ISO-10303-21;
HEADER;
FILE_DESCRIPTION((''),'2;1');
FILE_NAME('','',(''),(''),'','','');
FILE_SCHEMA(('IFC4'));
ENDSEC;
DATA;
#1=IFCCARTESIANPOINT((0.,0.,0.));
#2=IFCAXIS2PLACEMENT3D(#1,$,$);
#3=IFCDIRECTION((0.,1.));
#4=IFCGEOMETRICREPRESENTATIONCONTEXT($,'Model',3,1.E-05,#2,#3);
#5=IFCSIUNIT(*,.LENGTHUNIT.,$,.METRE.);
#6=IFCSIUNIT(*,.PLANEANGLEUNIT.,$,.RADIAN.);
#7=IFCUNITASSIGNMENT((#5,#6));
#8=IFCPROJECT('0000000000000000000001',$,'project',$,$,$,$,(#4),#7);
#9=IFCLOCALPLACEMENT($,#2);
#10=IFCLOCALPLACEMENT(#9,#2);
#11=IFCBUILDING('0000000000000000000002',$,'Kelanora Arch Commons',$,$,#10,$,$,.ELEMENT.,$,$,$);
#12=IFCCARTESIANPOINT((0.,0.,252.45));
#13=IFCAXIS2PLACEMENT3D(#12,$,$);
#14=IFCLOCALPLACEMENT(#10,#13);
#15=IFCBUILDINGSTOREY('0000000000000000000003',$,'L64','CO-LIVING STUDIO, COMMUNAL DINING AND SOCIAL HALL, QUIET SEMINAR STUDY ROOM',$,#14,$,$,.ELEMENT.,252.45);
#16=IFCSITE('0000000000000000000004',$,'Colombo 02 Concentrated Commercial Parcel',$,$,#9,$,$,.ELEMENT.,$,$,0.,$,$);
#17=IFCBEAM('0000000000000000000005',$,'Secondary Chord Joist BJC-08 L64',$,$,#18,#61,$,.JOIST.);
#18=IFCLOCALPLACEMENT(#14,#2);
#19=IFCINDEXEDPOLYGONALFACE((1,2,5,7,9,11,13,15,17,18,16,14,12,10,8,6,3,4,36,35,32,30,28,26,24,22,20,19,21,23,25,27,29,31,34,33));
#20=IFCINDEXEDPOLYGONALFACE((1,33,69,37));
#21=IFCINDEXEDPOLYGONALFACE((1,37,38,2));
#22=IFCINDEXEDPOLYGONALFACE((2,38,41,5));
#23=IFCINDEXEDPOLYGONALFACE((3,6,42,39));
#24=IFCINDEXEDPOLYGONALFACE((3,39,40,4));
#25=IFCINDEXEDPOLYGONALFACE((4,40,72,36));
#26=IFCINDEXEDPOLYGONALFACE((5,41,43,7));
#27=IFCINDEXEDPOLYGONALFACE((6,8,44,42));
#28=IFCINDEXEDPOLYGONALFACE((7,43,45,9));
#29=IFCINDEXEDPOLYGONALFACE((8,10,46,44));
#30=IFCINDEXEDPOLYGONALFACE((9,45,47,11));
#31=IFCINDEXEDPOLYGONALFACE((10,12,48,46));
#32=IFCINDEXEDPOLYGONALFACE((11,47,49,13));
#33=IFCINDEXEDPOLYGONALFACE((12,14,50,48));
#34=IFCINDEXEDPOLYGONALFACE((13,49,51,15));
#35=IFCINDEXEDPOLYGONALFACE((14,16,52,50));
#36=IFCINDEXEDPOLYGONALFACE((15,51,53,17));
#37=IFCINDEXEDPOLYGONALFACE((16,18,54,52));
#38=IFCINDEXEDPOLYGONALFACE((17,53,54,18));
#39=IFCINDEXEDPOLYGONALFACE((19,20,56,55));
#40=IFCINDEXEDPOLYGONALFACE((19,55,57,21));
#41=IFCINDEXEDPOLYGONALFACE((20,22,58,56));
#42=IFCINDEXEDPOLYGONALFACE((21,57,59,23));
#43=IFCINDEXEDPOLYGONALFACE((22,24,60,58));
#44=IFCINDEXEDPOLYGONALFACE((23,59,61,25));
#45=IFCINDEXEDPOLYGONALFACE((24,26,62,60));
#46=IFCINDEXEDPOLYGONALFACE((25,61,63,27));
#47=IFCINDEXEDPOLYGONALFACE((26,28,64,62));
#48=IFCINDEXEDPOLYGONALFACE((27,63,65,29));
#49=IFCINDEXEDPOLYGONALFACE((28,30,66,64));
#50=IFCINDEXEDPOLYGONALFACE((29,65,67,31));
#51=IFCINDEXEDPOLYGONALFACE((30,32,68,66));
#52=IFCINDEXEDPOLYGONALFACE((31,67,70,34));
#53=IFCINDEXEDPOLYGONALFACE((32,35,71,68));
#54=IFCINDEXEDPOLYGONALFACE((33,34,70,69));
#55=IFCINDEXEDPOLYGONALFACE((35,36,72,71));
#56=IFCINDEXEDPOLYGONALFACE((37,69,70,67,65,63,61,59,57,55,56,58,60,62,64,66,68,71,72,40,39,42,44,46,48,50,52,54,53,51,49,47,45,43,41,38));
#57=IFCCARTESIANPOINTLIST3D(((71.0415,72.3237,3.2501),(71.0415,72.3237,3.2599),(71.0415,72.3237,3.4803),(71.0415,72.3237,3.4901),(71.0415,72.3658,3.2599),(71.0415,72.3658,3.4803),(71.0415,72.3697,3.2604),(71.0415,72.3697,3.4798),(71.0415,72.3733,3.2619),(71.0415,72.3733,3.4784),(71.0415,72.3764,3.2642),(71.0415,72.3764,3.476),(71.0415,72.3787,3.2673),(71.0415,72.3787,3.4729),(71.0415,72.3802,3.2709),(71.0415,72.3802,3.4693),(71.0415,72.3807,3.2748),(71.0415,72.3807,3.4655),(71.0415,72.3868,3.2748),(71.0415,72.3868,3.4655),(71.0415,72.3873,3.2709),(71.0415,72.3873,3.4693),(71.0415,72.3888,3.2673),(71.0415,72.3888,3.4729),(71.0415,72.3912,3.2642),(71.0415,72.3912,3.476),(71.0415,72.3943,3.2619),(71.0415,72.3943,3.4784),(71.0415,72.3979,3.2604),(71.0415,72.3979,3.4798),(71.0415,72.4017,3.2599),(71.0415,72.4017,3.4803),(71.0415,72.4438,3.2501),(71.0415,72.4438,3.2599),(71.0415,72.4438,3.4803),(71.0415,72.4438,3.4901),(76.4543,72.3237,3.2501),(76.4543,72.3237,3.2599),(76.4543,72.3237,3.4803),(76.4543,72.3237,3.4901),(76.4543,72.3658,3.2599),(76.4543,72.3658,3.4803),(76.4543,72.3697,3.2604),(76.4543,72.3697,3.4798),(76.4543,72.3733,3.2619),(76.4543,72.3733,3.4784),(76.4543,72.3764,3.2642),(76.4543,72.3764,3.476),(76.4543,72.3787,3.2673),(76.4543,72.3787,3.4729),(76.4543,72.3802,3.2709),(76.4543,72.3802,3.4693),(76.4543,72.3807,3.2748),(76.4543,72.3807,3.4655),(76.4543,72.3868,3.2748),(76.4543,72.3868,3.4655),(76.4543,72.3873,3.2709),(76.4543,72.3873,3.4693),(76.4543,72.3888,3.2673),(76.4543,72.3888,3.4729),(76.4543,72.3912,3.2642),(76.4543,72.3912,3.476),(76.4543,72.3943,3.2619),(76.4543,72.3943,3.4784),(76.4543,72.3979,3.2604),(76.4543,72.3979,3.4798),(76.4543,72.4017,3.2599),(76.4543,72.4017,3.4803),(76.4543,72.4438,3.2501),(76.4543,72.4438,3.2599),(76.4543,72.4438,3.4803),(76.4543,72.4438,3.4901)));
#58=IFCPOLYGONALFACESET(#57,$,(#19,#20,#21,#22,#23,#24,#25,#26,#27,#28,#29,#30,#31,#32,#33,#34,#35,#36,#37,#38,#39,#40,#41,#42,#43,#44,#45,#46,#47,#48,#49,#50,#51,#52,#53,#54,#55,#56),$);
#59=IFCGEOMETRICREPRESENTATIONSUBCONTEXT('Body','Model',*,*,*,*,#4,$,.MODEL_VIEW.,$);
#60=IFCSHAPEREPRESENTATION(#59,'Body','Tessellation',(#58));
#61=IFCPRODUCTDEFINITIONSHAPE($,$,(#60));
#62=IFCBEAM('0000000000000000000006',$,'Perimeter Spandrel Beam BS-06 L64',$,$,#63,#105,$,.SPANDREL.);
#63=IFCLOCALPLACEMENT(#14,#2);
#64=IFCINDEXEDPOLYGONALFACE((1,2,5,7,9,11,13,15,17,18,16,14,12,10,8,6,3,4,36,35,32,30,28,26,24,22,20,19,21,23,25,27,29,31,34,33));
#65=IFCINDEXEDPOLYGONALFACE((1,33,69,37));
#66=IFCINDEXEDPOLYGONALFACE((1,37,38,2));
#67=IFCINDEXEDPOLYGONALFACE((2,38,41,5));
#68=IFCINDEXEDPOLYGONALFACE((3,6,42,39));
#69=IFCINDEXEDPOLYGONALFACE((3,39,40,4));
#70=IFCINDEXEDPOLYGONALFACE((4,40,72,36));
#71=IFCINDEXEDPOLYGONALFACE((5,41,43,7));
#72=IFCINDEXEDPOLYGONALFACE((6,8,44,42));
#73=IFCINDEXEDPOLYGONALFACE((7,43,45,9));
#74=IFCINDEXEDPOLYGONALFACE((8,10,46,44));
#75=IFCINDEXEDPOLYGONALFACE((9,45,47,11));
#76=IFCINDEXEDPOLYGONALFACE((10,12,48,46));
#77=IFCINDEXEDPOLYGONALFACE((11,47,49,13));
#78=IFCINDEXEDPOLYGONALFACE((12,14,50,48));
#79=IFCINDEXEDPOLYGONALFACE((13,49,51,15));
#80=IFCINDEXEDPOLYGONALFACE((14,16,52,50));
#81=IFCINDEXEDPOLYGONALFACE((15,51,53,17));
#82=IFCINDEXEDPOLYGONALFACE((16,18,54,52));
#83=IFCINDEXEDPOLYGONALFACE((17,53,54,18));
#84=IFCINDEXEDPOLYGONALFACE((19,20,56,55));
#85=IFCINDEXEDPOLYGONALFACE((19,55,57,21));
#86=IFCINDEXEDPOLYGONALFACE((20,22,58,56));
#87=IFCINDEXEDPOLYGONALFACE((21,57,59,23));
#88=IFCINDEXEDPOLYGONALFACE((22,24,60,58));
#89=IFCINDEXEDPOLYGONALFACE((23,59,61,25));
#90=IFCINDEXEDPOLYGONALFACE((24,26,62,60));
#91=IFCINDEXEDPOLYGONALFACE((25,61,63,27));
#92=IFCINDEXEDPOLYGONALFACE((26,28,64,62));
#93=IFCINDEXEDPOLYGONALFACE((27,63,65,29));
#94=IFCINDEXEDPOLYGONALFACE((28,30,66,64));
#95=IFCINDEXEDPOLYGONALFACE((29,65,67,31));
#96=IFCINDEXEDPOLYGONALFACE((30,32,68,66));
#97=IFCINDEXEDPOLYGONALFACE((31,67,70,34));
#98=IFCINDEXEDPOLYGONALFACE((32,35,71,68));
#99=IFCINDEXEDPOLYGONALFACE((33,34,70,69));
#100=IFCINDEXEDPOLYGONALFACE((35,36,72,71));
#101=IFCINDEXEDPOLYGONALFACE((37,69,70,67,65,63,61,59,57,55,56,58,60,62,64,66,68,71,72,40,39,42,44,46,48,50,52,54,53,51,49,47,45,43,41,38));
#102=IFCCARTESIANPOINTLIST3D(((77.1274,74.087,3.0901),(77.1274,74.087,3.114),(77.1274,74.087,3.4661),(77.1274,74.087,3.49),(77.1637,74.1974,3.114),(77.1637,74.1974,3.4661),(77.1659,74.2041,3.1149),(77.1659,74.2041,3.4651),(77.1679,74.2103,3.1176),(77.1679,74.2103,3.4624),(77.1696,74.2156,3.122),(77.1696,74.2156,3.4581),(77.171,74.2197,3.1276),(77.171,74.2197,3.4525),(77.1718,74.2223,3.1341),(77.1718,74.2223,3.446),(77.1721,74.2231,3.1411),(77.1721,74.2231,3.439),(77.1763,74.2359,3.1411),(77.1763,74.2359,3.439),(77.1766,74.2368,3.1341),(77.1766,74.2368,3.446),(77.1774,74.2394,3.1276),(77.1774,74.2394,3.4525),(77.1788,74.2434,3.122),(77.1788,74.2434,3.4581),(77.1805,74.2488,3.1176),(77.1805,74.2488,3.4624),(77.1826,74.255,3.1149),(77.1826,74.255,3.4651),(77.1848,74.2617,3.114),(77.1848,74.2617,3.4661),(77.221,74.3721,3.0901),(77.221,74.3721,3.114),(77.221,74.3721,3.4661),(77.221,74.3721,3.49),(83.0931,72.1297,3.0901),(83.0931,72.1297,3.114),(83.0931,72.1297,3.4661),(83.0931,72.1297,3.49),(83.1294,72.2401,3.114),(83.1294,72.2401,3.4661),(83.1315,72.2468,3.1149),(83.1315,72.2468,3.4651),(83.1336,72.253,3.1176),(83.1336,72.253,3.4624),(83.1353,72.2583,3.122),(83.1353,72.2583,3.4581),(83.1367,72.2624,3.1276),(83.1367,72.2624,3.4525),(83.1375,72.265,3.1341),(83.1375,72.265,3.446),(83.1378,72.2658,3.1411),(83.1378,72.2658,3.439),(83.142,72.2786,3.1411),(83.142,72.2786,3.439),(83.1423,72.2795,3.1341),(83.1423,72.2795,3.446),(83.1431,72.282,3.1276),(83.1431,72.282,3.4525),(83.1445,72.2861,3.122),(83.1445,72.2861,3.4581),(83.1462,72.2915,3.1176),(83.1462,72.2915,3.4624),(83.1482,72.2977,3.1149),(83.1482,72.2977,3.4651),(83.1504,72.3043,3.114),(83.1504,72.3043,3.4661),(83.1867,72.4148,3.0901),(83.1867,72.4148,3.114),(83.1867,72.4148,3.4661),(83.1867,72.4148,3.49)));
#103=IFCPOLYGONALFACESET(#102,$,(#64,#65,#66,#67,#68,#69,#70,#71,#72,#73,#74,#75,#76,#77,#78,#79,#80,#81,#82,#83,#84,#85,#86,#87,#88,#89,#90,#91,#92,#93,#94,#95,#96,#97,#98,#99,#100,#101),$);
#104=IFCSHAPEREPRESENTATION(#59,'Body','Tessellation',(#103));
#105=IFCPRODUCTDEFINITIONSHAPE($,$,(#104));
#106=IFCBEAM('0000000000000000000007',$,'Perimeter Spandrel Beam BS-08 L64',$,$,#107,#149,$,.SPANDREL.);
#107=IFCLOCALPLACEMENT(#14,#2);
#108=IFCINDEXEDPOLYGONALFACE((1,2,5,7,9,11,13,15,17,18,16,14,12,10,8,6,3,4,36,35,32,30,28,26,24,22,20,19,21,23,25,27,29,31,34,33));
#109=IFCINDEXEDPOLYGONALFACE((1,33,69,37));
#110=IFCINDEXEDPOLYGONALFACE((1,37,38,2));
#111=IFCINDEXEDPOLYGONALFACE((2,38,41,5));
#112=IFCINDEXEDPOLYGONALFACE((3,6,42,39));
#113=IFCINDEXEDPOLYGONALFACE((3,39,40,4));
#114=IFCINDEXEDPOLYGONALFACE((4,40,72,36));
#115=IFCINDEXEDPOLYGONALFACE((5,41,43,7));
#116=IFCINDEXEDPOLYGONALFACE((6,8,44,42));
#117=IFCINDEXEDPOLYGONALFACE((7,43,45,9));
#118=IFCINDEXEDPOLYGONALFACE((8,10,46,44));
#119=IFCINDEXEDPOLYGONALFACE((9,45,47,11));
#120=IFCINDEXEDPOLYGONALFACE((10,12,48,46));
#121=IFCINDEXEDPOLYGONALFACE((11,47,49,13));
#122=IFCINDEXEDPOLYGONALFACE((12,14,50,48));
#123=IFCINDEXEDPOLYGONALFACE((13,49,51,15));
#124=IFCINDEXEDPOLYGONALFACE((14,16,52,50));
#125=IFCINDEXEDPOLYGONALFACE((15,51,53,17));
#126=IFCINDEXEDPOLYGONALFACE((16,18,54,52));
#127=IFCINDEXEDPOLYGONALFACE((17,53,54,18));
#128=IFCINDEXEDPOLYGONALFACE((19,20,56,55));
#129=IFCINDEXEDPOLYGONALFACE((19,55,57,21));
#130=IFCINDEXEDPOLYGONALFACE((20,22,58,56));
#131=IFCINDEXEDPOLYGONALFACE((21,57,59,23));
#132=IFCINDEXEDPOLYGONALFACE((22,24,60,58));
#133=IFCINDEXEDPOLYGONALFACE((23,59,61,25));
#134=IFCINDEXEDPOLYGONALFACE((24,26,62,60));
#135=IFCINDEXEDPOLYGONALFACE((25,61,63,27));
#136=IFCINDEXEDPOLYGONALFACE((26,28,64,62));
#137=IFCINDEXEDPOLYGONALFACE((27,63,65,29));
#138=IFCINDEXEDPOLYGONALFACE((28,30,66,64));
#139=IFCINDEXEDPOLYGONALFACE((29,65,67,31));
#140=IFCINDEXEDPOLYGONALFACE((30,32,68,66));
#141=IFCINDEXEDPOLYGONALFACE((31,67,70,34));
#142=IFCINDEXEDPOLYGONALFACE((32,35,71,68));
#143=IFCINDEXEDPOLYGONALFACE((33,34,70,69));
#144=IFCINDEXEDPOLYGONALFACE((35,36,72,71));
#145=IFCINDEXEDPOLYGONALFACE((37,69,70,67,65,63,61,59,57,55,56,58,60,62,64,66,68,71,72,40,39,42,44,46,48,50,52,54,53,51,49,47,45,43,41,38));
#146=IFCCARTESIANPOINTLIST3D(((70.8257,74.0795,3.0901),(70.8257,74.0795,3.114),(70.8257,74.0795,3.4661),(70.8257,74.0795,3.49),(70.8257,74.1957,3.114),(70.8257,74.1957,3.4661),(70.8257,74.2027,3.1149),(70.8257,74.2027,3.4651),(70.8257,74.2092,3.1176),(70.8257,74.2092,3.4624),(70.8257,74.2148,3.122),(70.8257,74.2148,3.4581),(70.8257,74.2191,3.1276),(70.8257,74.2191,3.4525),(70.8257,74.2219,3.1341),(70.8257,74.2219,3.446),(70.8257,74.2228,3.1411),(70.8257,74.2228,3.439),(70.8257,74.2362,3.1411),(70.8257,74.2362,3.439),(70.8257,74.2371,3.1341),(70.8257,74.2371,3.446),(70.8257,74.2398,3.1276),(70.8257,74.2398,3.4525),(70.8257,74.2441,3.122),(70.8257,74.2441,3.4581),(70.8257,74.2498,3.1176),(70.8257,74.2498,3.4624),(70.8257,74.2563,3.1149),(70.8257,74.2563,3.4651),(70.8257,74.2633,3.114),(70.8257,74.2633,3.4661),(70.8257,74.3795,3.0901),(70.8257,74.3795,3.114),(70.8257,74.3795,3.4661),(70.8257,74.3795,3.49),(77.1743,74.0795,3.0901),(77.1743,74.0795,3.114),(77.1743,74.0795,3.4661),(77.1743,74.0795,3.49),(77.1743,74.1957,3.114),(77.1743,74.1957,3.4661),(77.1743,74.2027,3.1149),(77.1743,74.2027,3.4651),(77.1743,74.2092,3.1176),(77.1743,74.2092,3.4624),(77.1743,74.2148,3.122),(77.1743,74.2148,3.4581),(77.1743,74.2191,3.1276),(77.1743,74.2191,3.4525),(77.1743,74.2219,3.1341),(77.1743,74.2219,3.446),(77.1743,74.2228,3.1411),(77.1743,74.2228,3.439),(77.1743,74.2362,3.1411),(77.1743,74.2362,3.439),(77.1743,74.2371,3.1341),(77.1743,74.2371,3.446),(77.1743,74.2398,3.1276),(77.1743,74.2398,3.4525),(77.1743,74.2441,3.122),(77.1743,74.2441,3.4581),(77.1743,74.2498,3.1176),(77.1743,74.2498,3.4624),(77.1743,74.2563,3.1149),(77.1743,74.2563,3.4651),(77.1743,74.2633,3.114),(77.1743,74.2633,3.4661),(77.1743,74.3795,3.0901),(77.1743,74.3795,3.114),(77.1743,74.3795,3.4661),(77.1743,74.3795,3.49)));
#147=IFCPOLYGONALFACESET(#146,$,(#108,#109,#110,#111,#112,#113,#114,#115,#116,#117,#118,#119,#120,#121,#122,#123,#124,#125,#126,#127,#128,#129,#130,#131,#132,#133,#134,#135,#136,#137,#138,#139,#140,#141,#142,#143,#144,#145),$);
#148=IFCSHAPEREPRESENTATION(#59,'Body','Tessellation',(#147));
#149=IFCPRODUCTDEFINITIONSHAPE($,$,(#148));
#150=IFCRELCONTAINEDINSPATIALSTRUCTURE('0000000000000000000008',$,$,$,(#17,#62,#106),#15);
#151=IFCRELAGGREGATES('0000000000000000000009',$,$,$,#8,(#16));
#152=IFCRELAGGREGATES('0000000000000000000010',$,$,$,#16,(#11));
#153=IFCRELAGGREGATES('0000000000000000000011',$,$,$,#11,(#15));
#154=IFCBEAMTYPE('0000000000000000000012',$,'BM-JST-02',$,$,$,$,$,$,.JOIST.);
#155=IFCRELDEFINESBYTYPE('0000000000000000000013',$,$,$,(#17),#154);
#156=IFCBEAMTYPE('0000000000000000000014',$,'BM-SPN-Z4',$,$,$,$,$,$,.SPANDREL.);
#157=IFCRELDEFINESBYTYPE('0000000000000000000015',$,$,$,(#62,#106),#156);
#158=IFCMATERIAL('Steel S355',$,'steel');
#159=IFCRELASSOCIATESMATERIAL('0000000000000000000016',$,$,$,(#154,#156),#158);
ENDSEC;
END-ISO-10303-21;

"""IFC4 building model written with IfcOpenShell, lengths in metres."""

from ifc_helpers import new_model, si_unit, direction, frame, origin, origin_2d, place, context, subcontext, project, spatial, i_section, extrude, material, material_profile, profile_set, type_object, element, save


model = new_model("IFC4")

# Units and contexts
model_context = context("Model", 3, precision=1e-05, world=origin(), true_north=direction((0.0, 1.0)))
body_context = subcontext(model_context, "Body", "Model", "MODEL_VIEW")
ifc_project = project(units=[si_unit("LENGTHUNIT", "METRE"), si_unit("PLANEANGLEUNIT", "RADIAN")], contexts=[model_context])

# Site, building, storey
site_placement = place(None, origin())
site = spatial("IfcSite", under=ifc_project, at=site_placement, Name="Colombo 02 Concentrated Commercial Parcel", CompositionType="ELEMENT", RefElevation=0.0)
building_placement = place(site_placement, origin())
building = spatial("IfcBuilding", under=site, at=building_placement, Name="Kelanora Arch Commons", CompositionType="ELEMENT")
storey_placement = place(building_placement, frame((0.0, 0.0, 252.45)))
storey = spatial("IfcBuildingStorey", under=building, at=storey_placement, Name="L64", Description="CO-LIVING STUDIO, COMMUNAL DINING AND SOCIAL HALL, QUIET SEMINAR STUDY ROOM", CompositionType="ELEMENT", Elevation=252.45)

# Beams
ifc_material_1 = material(Name="Steel S355", Category="steel")
ifc_material_profile_1 = material_profile(ifc_material_1, i_section(OverallWidth=0.1201, OverallDepth=0.24, WebThickness=0.0061, FlangeThickness=0.0098, FilletRadius=0.0149, at=origin_2d()), Name="IPE240")
ifc_profile_set_1 = profile_set([ifc_material_profile_1], Name="Steel S355")
beam_type_1 = type_object("IfcBeamType", Name="BM-JST-02", PredefinedType="JOIST", material=ifc_profile_set_1)
beam_1_placement = place(storey_placement, frame((76.4543, 72.3838, 3.3701), z_axis=(-1.0, 0.0, 0.0), x_axis=(0.0, -1.0, 0.0)))
element("IfcBeam", 1, at=beam_1_placement, inside=storey, type_object=beam_type_1, Name="Secondary Chord Joist BJC-08 L64", PredefinedType="JOIST", context=body_context, shape_type="SweptSolid", body=[
    extrude(i_section(OverallWidth=0.1201, OverallDepth=0.24, WebThickness=0.0061, FlangeThickness=0.0098, FilletRadius=0.0149, at=origin_2d()), origin(), (0.0, 0.0, 1.0), 5.4128),
])
ifc_material_profile_2 = material_profile(ifc_material_1, i_section(OverallWidth=0.3, OverallDepth=0.3999, WebThickness=0.0134, FlangeThickness=0.0239, FilletRadius=0.0271, at=origin_2d()), Name="HEB400")
ifc_profile_set_2 = profile_set([ifc_material_profile_2], Name="Steel S355")
beam_type_2 = type_object("IfcBeamType", Name="BM-SPN-Z4", PredefinedType="SPANDREL", material=ifc_profile_set_2)
beam_2_placement = place(storey_placement, frame((83.1399, 72.2722, 3.29), z_axis=(-0.950166, 0.311745, 0.0), x_axis=(-0.311745, -0.950166, 0.0)))
element("IfcBeam", 2, at=beam_2_placement, inside=storey, type_object=beam_type_2, Name="Perimeter Spandrel Beam BS-06 L64", PredefinedType="SPANDREL", context=body_context, shape_type="SweptSolid", body=[
    extrude(i_section(OverallWidth=0.3, OverallDepth=0.3999, WebThickness=0.0134, FlangeThickness=0.0239, FilletRadius=0.0271, at=origin_2d()), origin(), (0.0, 0.0, 1.0), 6.2786),
])
beam_3_placement = place(storey_placement, frame((77.1743, 74.2295, 3.29), z_axis=(-1.0, 0.0, 0.0), x_axis=(0.0, -1.0, 0.0)))
element("IfcBeam", 3, at=beam_3_placement, inside=storey, type_object=beam_type_2, Name="Perimeter Spandrel Beam BS-08 L64", PredefinedType="SPANDREL", context=body_context, shape_type="SweptSolid", body=[
    extrude(i_section(OverallWidth=0.3, OverallDepth=0.3999, WebThickness=0.0134, FlangeThickness=0.0239, FilletRadius=0.0271, at=origin_2d()), origin(), (0.0, 0.0, 1.0), 6.3486),
])

save(model, "model.ifc")
